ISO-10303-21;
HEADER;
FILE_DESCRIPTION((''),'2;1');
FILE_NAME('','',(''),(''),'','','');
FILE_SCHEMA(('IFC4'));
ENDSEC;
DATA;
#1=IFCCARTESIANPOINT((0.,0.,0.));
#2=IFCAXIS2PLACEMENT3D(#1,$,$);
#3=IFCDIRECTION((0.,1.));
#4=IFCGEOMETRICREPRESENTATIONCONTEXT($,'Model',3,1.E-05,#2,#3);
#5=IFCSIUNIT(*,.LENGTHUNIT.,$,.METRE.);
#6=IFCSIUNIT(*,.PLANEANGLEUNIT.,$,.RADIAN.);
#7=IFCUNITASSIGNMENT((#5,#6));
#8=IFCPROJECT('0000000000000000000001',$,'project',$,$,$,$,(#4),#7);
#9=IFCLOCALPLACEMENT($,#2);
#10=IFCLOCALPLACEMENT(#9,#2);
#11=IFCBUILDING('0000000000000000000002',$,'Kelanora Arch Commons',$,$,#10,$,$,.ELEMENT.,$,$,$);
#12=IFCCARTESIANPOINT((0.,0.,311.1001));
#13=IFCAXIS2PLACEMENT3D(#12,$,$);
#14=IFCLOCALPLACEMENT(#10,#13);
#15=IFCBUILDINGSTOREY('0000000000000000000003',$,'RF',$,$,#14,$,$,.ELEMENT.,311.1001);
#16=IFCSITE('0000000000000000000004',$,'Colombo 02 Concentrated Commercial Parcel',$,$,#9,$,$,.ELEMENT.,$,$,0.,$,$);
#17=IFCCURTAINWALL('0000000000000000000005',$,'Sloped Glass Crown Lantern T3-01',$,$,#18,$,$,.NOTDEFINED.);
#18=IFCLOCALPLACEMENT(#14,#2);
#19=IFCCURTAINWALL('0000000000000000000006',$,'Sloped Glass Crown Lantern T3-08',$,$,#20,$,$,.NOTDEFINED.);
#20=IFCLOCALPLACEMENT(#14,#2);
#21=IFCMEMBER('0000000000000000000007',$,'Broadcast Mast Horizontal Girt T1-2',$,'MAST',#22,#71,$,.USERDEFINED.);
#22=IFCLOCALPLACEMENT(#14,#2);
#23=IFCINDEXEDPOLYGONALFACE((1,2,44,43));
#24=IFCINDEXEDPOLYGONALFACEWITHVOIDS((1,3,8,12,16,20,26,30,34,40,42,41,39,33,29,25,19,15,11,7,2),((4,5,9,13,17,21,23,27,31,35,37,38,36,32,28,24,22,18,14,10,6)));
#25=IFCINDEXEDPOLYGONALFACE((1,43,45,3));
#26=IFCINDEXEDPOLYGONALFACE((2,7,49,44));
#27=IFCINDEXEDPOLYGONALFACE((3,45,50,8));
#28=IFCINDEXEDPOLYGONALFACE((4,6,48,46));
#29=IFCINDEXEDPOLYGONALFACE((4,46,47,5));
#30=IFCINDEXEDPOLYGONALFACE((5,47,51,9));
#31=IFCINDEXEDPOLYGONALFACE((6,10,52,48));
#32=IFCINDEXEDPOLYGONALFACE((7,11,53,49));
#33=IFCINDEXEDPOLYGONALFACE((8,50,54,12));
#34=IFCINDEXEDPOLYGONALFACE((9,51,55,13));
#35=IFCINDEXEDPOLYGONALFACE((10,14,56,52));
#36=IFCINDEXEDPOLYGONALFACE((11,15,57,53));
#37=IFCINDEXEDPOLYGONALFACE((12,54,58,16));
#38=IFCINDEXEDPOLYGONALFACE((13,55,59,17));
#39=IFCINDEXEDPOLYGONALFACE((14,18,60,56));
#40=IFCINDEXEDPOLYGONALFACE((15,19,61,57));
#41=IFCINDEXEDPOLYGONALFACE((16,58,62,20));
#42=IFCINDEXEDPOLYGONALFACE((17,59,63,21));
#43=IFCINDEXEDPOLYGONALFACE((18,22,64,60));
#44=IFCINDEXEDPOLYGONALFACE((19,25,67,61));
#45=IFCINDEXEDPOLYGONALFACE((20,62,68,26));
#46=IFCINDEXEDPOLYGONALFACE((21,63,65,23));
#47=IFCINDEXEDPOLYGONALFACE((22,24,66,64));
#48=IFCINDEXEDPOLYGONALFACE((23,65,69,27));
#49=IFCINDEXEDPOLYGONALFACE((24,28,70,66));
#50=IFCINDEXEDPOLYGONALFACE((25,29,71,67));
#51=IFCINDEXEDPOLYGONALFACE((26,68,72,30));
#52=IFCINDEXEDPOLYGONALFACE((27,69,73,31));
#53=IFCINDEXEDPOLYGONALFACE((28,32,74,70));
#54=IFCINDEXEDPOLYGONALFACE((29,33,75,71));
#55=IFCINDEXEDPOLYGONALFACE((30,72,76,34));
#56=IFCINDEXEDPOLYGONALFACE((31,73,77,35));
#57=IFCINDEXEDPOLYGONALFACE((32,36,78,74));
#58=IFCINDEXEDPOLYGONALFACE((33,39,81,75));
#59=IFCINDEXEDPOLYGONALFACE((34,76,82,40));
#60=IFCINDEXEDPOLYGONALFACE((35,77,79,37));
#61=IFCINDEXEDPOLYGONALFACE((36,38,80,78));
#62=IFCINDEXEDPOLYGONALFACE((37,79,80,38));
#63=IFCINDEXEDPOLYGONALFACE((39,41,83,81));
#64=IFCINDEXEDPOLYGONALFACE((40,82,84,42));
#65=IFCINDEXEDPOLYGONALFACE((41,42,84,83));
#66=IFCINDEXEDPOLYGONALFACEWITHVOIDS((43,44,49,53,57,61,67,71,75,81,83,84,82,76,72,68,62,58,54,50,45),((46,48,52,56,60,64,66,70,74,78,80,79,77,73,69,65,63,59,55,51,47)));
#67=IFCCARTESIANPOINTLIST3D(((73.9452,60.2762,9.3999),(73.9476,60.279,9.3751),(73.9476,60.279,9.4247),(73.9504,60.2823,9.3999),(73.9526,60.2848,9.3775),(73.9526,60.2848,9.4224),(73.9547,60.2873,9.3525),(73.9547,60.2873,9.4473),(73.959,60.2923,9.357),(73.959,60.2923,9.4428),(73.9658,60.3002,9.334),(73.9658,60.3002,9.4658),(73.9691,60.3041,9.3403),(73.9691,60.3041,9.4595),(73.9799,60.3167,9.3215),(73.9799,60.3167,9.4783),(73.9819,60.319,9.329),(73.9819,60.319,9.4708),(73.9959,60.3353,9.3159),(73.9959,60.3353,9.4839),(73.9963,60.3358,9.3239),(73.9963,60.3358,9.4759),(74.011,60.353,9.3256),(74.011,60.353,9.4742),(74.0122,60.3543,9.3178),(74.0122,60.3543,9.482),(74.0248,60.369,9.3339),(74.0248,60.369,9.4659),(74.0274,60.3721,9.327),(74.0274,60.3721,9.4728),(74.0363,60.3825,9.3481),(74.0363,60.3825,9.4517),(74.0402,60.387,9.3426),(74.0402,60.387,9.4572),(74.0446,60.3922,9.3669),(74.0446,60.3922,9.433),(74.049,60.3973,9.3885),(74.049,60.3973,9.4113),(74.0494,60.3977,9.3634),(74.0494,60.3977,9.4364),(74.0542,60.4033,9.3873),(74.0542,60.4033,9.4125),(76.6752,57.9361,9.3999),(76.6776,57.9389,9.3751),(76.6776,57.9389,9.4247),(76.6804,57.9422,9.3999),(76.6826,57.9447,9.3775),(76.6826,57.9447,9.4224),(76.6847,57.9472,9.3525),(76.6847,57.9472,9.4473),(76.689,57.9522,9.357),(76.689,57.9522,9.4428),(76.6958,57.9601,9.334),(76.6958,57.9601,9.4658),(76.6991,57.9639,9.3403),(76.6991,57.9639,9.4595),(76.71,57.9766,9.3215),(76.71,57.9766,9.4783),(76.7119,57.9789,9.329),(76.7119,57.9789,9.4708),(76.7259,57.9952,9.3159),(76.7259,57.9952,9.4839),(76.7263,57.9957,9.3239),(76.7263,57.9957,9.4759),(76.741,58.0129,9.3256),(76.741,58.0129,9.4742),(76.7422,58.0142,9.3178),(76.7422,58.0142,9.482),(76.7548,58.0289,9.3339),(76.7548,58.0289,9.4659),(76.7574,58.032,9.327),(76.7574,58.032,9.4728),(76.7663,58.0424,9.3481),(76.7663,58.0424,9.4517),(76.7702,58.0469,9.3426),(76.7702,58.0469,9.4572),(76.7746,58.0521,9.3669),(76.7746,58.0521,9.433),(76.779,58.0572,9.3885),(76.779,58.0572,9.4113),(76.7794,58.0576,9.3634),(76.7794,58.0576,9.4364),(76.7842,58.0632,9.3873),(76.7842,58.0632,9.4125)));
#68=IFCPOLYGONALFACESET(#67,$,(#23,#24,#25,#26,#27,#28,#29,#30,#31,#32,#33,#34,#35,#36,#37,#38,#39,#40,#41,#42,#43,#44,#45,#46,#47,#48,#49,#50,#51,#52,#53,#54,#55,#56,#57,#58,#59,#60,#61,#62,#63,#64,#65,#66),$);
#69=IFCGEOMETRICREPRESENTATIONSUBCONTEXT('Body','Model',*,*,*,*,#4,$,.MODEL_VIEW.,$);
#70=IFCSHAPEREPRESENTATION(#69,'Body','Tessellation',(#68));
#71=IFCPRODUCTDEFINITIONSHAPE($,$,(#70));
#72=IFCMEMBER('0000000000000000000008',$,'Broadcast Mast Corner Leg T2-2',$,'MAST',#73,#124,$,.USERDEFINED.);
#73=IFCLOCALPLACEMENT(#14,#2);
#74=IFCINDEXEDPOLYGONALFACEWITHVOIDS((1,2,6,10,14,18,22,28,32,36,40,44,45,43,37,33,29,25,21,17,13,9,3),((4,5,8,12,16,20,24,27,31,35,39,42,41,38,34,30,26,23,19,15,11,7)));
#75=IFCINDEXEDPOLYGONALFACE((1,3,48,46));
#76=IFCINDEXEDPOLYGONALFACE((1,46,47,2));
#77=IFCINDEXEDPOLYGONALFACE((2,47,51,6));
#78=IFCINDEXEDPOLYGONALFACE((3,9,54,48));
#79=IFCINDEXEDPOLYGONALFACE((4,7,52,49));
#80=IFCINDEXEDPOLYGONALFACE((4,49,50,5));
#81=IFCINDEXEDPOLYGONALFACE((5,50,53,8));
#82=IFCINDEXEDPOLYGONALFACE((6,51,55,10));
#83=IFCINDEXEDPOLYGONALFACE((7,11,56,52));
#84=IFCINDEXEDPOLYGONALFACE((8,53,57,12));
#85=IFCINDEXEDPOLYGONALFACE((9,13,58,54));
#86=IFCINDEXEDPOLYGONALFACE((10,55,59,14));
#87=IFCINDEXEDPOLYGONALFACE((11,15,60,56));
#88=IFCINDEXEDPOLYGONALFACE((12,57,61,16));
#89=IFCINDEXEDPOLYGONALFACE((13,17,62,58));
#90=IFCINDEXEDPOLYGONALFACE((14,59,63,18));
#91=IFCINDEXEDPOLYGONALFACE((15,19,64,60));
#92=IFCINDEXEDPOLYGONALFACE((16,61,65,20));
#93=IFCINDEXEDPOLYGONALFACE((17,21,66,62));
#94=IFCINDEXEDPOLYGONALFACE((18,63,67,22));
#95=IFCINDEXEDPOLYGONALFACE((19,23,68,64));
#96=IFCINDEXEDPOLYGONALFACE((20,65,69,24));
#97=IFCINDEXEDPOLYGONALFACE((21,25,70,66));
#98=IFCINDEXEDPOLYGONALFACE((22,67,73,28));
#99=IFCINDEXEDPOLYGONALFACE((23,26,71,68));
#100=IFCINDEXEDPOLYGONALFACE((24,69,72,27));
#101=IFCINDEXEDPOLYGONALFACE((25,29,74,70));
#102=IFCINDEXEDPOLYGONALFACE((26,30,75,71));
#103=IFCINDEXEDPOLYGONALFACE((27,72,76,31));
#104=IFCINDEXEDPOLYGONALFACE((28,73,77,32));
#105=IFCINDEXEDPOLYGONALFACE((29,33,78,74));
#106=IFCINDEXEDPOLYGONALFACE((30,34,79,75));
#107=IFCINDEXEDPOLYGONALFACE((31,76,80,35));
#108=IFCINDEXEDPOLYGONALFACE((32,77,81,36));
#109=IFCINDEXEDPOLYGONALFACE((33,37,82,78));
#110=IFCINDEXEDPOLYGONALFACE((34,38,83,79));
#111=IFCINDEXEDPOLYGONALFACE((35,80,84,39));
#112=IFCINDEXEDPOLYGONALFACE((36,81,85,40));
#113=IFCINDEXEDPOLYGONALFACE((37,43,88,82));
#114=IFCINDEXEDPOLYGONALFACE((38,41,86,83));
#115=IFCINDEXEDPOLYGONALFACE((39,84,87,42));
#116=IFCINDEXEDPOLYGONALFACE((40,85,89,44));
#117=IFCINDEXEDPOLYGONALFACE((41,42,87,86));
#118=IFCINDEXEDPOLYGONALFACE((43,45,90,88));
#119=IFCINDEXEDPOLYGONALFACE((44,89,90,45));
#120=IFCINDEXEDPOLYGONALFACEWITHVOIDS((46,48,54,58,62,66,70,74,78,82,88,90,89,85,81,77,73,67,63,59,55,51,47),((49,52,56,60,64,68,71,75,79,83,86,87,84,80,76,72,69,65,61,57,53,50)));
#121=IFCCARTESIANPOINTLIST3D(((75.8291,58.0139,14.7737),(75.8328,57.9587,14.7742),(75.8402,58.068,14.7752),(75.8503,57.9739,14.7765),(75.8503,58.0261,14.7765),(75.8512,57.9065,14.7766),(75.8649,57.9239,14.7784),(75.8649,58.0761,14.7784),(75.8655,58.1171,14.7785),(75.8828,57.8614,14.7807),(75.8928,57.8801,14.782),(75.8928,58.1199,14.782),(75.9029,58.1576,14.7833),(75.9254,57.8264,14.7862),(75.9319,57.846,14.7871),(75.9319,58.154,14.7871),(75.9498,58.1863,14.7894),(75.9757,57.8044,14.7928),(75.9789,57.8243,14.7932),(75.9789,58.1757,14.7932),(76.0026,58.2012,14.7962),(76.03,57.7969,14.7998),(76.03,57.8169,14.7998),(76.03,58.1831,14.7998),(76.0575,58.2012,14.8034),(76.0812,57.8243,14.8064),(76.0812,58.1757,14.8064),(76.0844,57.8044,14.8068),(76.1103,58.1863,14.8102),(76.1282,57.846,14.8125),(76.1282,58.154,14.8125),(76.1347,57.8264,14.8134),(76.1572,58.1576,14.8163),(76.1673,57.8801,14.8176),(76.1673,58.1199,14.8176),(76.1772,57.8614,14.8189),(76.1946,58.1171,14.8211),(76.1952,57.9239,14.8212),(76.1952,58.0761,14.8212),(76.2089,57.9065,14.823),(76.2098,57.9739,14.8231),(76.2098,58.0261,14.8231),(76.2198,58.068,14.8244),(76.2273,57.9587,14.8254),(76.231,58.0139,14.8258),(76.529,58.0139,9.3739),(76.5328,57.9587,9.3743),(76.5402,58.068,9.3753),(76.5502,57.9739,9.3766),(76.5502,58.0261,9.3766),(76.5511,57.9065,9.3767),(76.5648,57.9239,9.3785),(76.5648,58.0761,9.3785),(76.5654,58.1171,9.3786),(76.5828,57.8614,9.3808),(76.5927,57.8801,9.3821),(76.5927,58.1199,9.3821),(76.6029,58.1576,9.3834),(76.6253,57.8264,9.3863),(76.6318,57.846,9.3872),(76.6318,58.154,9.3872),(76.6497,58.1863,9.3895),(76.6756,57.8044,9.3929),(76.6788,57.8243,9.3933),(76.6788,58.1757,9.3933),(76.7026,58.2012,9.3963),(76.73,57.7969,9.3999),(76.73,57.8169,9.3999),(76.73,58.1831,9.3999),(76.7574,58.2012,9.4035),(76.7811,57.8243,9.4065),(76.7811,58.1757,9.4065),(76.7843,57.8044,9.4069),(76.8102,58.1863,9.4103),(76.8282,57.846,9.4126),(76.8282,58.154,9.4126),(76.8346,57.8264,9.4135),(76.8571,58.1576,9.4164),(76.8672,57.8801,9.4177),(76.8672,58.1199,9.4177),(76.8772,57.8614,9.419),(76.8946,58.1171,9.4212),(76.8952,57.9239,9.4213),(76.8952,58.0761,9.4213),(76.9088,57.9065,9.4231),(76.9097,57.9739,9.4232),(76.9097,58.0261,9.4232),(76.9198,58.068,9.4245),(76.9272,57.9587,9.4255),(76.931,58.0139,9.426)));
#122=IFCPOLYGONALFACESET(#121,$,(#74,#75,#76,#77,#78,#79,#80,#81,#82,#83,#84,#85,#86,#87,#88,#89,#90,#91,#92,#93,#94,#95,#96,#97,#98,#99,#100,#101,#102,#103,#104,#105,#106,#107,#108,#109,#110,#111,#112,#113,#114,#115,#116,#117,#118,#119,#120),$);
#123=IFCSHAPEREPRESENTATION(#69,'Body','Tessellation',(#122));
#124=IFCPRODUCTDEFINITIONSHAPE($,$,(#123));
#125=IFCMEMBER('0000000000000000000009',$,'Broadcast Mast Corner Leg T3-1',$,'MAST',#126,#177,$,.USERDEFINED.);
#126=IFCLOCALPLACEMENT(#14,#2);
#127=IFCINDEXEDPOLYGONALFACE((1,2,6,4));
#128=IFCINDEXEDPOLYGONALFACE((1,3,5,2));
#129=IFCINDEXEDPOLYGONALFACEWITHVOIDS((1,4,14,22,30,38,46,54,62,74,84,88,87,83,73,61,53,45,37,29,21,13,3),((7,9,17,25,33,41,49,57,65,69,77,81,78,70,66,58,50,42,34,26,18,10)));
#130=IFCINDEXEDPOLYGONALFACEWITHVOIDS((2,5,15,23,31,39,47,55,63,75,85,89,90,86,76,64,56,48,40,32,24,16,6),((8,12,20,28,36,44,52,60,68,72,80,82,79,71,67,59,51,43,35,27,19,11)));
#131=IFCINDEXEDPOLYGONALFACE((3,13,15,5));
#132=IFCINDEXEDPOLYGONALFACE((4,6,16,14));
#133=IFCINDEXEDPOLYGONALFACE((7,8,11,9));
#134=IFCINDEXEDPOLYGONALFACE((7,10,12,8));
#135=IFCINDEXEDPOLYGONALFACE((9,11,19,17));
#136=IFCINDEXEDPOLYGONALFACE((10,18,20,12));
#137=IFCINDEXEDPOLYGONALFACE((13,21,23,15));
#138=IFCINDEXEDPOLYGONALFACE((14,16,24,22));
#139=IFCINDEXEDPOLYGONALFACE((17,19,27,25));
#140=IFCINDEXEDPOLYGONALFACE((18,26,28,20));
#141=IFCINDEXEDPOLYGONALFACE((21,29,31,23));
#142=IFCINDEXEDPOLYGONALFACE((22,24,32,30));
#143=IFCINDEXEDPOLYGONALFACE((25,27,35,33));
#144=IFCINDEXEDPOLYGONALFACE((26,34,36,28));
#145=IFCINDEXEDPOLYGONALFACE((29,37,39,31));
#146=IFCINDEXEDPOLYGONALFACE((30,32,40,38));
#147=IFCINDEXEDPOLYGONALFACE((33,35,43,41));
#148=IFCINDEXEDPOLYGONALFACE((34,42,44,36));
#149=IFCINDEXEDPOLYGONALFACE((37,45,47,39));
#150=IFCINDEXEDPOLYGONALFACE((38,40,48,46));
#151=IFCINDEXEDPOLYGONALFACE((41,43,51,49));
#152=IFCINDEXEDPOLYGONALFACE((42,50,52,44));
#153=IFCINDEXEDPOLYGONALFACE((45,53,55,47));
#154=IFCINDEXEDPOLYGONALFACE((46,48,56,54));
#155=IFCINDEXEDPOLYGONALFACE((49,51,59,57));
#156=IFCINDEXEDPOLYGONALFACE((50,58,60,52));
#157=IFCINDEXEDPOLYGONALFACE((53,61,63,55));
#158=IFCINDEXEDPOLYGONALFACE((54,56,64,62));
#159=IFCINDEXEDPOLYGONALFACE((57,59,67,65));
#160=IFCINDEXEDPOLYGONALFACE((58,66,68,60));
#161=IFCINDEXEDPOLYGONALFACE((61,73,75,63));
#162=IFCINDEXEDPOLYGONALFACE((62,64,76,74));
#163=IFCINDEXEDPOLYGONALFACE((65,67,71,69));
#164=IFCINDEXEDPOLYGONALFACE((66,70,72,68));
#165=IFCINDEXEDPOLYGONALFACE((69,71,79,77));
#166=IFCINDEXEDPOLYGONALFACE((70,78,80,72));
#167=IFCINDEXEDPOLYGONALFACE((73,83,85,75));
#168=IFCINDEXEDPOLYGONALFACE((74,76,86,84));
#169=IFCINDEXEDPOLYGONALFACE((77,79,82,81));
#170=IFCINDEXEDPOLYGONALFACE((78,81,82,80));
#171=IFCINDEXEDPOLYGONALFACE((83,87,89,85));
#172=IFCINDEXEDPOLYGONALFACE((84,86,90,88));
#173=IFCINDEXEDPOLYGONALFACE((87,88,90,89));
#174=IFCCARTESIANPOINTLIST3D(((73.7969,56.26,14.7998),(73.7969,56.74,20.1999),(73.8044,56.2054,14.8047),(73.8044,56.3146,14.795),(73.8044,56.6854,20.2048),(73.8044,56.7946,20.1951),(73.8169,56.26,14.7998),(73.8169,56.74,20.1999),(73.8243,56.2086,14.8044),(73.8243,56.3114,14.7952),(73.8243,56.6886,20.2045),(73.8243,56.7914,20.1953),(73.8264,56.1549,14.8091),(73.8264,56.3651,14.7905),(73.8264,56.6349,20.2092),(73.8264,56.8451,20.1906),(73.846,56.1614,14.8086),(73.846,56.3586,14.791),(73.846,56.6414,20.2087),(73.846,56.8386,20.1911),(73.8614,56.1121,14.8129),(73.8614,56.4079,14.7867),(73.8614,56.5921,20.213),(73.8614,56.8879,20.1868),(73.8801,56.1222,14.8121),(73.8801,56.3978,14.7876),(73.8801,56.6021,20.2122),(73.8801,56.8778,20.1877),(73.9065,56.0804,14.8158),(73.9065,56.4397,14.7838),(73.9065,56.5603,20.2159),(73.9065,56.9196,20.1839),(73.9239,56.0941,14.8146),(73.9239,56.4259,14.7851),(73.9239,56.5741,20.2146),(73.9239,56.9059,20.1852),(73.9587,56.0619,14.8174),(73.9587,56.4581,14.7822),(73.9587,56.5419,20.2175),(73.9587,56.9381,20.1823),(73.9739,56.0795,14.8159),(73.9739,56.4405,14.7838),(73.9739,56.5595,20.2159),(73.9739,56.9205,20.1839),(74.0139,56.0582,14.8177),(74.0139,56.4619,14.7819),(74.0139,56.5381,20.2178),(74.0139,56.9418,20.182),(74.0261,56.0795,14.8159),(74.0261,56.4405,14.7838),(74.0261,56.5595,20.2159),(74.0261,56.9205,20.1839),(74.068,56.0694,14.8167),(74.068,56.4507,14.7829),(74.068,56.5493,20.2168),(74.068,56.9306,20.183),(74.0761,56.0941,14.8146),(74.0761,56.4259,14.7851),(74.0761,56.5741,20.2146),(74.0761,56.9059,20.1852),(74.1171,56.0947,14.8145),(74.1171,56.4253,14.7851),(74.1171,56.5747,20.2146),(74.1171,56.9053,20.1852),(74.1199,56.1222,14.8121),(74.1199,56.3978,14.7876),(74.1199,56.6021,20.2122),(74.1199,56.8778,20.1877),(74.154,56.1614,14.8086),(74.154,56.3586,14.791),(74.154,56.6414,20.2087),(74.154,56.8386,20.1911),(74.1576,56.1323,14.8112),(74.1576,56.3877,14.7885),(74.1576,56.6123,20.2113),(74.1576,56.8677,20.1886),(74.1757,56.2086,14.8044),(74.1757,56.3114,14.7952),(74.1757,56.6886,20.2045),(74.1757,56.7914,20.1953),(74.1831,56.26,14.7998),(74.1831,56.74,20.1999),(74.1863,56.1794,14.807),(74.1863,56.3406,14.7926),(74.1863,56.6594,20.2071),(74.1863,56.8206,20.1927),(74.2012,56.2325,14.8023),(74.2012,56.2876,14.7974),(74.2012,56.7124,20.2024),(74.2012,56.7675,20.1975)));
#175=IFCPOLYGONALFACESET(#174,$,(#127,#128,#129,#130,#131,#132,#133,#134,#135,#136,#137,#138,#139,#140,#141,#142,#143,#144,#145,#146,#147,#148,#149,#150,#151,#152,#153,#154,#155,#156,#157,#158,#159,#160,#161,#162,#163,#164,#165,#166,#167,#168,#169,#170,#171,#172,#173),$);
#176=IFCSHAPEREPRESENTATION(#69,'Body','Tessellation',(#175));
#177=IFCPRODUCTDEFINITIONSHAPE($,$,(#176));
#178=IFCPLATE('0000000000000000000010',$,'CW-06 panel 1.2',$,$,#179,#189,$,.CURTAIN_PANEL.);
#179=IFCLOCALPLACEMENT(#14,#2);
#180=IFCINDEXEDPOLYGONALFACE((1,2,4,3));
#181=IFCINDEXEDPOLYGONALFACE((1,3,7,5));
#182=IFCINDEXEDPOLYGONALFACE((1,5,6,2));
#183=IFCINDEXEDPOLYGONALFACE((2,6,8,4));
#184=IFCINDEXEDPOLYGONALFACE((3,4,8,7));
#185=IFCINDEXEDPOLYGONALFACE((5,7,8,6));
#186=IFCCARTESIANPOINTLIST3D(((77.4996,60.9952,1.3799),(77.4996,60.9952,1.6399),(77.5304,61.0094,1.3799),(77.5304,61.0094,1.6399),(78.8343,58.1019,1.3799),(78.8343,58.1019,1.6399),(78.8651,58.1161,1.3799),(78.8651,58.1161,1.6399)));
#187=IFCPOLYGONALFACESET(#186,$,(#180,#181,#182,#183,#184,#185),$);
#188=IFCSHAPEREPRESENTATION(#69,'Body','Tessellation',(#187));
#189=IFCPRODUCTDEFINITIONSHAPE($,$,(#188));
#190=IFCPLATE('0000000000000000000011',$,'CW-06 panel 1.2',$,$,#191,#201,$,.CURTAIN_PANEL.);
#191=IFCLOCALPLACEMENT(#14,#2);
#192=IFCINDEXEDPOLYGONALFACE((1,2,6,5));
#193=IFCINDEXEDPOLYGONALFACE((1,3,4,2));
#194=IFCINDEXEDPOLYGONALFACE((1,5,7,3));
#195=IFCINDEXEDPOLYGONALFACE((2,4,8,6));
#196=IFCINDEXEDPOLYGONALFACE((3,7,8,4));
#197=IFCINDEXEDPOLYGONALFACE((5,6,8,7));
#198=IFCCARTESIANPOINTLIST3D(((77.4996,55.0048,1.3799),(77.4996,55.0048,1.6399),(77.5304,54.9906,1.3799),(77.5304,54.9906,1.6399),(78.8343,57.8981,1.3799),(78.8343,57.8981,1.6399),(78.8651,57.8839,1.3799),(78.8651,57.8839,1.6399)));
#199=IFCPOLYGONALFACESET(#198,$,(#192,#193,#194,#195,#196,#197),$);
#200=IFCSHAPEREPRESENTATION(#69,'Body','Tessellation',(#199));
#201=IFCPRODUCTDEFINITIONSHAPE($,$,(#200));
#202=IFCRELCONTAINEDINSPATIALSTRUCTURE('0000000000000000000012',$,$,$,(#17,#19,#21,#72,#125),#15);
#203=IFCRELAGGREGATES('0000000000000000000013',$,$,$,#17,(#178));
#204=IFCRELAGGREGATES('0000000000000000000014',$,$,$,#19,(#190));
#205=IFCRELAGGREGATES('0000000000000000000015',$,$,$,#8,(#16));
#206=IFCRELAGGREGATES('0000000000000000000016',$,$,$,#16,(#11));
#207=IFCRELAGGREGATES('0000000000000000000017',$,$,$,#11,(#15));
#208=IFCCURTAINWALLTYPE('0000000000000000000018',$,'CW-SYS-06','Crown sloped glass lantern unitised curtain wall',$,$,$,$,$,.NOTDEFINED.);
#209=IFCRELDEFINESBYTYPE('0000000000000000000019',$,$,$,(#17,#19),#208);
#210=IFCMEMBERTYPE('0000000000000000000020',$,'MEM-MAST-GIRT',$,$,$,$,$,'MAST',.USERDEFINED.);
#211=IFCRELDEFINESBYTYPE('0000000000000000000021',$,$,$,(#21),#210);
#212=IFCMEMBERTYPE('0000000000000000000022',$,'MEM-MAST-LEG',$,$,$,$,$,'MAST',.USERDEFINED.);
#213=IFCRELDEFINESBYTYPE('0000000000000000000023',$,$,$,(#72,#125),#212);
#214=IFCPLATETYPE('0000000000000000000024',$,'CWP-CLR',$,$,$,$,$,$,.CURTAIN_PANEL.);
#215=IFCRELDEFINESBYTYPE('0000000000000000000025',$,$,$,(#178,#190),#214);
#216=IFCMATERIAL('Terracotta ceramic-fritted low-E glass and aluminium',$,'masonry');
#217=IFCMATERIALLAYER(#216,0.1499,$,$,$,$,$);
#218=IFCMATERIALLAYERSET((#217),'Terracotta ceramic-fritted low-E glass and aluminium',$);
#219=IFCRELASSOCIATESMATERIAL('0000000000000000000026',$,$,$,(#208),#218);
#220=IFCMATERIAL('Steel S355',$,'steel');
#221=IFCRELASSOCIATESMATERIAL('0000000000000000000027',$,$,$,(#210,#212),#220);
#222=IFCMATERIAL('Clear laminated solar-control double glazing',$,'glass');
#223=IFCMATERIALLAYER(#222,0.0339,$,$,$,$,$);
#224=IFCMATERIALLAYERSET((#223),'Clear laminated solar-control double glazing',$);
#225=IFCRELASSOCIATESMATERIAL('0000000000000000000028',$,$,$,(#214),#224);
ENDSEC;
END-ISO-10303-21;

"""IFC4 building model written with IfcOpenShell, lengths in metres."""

from ifc_helpers import new_model, si_unit, direction, frame, origin, origin_2d, place, context, subcontext, project, spatial, rectangle, hollow_circle, extrude, source, transform, mapped, material, layer, layer_set, material_profile, profile_set, type_object, element, aggregate, save


model = new_model("IFC4")

# Units and contexts
model_context = context("Model", 3, precision=1e-05, world=origin(), true_north=direction((0.0, 1.0)))
body_context = subcontext(model_context, "Body", "Model", "MODEL_VIEW")
ifc_project = project(units=[si_unit("LENGTHUNIT", "METRE"), si_unit("PLANEANGLEUNIT", "RADIAN")], contexts=[model_context])

# Site, building, storey
site_placement = place(None, origin())
site = spatial("IfcSite", under=ifc_project, at=site_placement, Name="Colombo 02 Concentrated Commercial Parcel", CompositionType="ELEMENT", RefElevation=0.0)
building_placement = place(site_placement, origin())
building = spatial("IfcBuilding", under=site, at=building_placement, Name="Kelanora Arch Commons", CompositionType="ELEMENT")
storey_placement = place(building_placement, frame((0.0, 0.0, 311.1001)))
storey = spatial("IfcBuildingStorey", under=building, at=storey_placement, Name="RF", CompositionType="ELEMENT", Elevation=311.1001)

# Shared definitions
ifc_material_1 = material(Name="Terracotta ceramic-fritted low-E glass and aluminium", Category="masonry")
ifc_layer_1 = layer(ifc_material_1, 0.1499)
ifc_layer_set_1 = layer_set([ifc_layer_1], Name="Terracotta ceramic-fritted low-E glass and aluminium")
curtain_wall_type = type_object("IfcCurtainWallType", Name="CW-SYS-06", Description="Crown sloped glass lantern unitised curtain wall", PredefinedType="NOTDEFINED", material=ifc_layer_set_1)

# Curtain walls
curtain_wall_1_placement = place(storey_placement, origin())
curtain_wall_1 = element("IfcCurtainWall", 1, at=curtain_wall_1_placement, inside=storey, type_object=curtain_wall_type, Name="Sloped Glass Crown Lantern T3-01", PredefinedType="NOTDEFINED")
curtain_wall_2_placement = place(storey_placement, origin())
curtain_wall_2 = element("IfcCurtainWall", 2, at=curtain_wall_2_placement, inside=storey, type_object=curtain_wall_type, Name="Sloped Glass Crown Lantern T3-08", PredefinedType="NOTDEFINED")

# Members
ifc_material_2 = material(Name="Steel S355", Category="steel")
ifc_material_profile_1 = material_profile(ifc_material_2, hollow_circle(Radius=0.0842, WallThickness=0.0081, at=origin_2d()), Name="CHS168.3x8")
ifc_profile_set_1 = profile_set([ifc_material_profile_1], Name="Steel S355")
member_type_1 = type_object("IfcMemberType", Name="MEM-MAST-GIRT", ElementType="MAST", PredefinedType="USERDEFINED", material=ifc_profile_set_1)
member_1_placement = place(storey_placement, frame((76.73, 58.0, 9.3999), z_axis=(-0.759242, 0.650808, 0.0), x_axis=(-0.650808, -0.759242, 0.0)))
element("IfcMember", 3, at=member_1_placement, inside=storey, type_object=member_type_1, Name="Broadcast Mast Horizontal Girt T1-2", ObjectType="MAST", PredefinedType="USERDEFINED", context=body_context, shape_type="SweptSolid", body=[
    extrude(hollow_circle(Radius=0.0842, WallThickness=0.0081, at=origin_2d()), origin(), (0.0, 0.0, 1.0), 3.5957),
])
ifc_material_profile_2 = material_profile(ifc_material_2, hollow_circle(Radius=0.2031, WallThickness=0.02, at=origin_2d()), Name="CHS406.4x20")
ifc_profile_set_2 = profile_set([ifc_material_profile_2], Name="Steel S355")
member_type_2 = type_object("IfcMemberType", Name="MEM-MAST-LEG", ElementType="MAST", PredefinedType="USERDEFINED", material=ifc_profile_set_2)
member_2_placement = place(storey_placement, frame((76.73, 58.0, 9.3999), z_axis=(-0.128547, 0.0, 0.991703), x_axis=(0.0, -1.0, 0.0)))
element("IfcMember", 4, at=member_2_placement, inside=storey, type_object=member_type_2, Name="Broadcast Mast Corner Leg T2-2", ObjectType="MAST", PredefinedType="USERDEFINED", context=body_context, shape_type="SweptSolid", body=[
    extrude(hollow_circle(Radius=0.2031, WallThickness=0.02, at=origin_2d()), origin(), (0.0, 0.0, 1.0), 5.4451),
])
member_3_placement = place(storey_placement, frame((74.0, 56.26, 14.7998), z_axis=(0.0, 0.088534, 0.996073), x_axis=(-1.0, 0.0, 0.0)))
element("IfcMember", 5, at=member_3_placement, inside=storey, type_object=member_type_2, Name="Broadcast Mast Corner Leg T3-1", ObjectType="MAST", PredefinedType="USERDEFINED", context=body_context, shape_type="SweptSolid", body=[
    extrude(hollow_circle(Radius=0.2031, WallThickness=0.02, at=origin_2d()), origin(), (0.0, 0.0, 1.0), 5.4214),
])

# Plates
ifc_material_3 = material(Name="Clear laminated solar-control double glazing", Category="glass")
ifc_layer_2 = layer(ifc_material_3, 0.0339)
ifc_layer_set_2 = layer_set([ifc_layer_2], Name="Clear laminated solar-control double glazing")
plate_type = type_object("IfcPlateType", Name="CWP-CLR", PredefinedType="CURTAIN_PANEL", material=ifc_layer_set_2)
shared_shape_1 = source(origin(), body_context, "Body", "SweptSolid", [
    extrude(rectangle(XDim=3.1863, YDim=0.0339, at=origin_2d()), origin(), (0.0, 0.0, 1.0), 0.26),
])
plate_1_placement = place(storey_placement, frame((78.1824, 59.5557, 1.3799), z_axis=(0.0, 0.0, 1.0), x_axis=(-0.418889, 0.908037, 0.0)))
plate_1 = element("IfcPlate", 6, at=plate_1_placement, type_object=plate_type, Name="CW-06 panel 1.2", PredefinedType="CURTAIN_PANEL", context=body_context, shape_type="MappedRepresentation", body=[
    mapped(shared_shape_1, transform((0.0, 0.0, 0.0), scale=1.0)),
])
aggregate(curtain_wall_1, [plate_1])
plate_2_placement = place(storey_placement, frame((78.1824, 56.4443, 1.3799), z_axis=(0.0, 0.0, 1.0), x_axis=(0.418889, 0.908037, 0.0)))
plate_2 = element("IfcPlate", 7, at=plate_2_placement, type_object=plate_type, Name="CW-06 panel 1.2", PredefinedType="CURTAIN_PANEL", context=body_context, shape_type="MappedRepresentation", body=[
    mapped(shared_shape_1, transform((0.0, 0.0, 0.0), scale=1.0)),
])
aggregate(curtain_wall_2, [plate_2])

save(model, "model.ifc")
